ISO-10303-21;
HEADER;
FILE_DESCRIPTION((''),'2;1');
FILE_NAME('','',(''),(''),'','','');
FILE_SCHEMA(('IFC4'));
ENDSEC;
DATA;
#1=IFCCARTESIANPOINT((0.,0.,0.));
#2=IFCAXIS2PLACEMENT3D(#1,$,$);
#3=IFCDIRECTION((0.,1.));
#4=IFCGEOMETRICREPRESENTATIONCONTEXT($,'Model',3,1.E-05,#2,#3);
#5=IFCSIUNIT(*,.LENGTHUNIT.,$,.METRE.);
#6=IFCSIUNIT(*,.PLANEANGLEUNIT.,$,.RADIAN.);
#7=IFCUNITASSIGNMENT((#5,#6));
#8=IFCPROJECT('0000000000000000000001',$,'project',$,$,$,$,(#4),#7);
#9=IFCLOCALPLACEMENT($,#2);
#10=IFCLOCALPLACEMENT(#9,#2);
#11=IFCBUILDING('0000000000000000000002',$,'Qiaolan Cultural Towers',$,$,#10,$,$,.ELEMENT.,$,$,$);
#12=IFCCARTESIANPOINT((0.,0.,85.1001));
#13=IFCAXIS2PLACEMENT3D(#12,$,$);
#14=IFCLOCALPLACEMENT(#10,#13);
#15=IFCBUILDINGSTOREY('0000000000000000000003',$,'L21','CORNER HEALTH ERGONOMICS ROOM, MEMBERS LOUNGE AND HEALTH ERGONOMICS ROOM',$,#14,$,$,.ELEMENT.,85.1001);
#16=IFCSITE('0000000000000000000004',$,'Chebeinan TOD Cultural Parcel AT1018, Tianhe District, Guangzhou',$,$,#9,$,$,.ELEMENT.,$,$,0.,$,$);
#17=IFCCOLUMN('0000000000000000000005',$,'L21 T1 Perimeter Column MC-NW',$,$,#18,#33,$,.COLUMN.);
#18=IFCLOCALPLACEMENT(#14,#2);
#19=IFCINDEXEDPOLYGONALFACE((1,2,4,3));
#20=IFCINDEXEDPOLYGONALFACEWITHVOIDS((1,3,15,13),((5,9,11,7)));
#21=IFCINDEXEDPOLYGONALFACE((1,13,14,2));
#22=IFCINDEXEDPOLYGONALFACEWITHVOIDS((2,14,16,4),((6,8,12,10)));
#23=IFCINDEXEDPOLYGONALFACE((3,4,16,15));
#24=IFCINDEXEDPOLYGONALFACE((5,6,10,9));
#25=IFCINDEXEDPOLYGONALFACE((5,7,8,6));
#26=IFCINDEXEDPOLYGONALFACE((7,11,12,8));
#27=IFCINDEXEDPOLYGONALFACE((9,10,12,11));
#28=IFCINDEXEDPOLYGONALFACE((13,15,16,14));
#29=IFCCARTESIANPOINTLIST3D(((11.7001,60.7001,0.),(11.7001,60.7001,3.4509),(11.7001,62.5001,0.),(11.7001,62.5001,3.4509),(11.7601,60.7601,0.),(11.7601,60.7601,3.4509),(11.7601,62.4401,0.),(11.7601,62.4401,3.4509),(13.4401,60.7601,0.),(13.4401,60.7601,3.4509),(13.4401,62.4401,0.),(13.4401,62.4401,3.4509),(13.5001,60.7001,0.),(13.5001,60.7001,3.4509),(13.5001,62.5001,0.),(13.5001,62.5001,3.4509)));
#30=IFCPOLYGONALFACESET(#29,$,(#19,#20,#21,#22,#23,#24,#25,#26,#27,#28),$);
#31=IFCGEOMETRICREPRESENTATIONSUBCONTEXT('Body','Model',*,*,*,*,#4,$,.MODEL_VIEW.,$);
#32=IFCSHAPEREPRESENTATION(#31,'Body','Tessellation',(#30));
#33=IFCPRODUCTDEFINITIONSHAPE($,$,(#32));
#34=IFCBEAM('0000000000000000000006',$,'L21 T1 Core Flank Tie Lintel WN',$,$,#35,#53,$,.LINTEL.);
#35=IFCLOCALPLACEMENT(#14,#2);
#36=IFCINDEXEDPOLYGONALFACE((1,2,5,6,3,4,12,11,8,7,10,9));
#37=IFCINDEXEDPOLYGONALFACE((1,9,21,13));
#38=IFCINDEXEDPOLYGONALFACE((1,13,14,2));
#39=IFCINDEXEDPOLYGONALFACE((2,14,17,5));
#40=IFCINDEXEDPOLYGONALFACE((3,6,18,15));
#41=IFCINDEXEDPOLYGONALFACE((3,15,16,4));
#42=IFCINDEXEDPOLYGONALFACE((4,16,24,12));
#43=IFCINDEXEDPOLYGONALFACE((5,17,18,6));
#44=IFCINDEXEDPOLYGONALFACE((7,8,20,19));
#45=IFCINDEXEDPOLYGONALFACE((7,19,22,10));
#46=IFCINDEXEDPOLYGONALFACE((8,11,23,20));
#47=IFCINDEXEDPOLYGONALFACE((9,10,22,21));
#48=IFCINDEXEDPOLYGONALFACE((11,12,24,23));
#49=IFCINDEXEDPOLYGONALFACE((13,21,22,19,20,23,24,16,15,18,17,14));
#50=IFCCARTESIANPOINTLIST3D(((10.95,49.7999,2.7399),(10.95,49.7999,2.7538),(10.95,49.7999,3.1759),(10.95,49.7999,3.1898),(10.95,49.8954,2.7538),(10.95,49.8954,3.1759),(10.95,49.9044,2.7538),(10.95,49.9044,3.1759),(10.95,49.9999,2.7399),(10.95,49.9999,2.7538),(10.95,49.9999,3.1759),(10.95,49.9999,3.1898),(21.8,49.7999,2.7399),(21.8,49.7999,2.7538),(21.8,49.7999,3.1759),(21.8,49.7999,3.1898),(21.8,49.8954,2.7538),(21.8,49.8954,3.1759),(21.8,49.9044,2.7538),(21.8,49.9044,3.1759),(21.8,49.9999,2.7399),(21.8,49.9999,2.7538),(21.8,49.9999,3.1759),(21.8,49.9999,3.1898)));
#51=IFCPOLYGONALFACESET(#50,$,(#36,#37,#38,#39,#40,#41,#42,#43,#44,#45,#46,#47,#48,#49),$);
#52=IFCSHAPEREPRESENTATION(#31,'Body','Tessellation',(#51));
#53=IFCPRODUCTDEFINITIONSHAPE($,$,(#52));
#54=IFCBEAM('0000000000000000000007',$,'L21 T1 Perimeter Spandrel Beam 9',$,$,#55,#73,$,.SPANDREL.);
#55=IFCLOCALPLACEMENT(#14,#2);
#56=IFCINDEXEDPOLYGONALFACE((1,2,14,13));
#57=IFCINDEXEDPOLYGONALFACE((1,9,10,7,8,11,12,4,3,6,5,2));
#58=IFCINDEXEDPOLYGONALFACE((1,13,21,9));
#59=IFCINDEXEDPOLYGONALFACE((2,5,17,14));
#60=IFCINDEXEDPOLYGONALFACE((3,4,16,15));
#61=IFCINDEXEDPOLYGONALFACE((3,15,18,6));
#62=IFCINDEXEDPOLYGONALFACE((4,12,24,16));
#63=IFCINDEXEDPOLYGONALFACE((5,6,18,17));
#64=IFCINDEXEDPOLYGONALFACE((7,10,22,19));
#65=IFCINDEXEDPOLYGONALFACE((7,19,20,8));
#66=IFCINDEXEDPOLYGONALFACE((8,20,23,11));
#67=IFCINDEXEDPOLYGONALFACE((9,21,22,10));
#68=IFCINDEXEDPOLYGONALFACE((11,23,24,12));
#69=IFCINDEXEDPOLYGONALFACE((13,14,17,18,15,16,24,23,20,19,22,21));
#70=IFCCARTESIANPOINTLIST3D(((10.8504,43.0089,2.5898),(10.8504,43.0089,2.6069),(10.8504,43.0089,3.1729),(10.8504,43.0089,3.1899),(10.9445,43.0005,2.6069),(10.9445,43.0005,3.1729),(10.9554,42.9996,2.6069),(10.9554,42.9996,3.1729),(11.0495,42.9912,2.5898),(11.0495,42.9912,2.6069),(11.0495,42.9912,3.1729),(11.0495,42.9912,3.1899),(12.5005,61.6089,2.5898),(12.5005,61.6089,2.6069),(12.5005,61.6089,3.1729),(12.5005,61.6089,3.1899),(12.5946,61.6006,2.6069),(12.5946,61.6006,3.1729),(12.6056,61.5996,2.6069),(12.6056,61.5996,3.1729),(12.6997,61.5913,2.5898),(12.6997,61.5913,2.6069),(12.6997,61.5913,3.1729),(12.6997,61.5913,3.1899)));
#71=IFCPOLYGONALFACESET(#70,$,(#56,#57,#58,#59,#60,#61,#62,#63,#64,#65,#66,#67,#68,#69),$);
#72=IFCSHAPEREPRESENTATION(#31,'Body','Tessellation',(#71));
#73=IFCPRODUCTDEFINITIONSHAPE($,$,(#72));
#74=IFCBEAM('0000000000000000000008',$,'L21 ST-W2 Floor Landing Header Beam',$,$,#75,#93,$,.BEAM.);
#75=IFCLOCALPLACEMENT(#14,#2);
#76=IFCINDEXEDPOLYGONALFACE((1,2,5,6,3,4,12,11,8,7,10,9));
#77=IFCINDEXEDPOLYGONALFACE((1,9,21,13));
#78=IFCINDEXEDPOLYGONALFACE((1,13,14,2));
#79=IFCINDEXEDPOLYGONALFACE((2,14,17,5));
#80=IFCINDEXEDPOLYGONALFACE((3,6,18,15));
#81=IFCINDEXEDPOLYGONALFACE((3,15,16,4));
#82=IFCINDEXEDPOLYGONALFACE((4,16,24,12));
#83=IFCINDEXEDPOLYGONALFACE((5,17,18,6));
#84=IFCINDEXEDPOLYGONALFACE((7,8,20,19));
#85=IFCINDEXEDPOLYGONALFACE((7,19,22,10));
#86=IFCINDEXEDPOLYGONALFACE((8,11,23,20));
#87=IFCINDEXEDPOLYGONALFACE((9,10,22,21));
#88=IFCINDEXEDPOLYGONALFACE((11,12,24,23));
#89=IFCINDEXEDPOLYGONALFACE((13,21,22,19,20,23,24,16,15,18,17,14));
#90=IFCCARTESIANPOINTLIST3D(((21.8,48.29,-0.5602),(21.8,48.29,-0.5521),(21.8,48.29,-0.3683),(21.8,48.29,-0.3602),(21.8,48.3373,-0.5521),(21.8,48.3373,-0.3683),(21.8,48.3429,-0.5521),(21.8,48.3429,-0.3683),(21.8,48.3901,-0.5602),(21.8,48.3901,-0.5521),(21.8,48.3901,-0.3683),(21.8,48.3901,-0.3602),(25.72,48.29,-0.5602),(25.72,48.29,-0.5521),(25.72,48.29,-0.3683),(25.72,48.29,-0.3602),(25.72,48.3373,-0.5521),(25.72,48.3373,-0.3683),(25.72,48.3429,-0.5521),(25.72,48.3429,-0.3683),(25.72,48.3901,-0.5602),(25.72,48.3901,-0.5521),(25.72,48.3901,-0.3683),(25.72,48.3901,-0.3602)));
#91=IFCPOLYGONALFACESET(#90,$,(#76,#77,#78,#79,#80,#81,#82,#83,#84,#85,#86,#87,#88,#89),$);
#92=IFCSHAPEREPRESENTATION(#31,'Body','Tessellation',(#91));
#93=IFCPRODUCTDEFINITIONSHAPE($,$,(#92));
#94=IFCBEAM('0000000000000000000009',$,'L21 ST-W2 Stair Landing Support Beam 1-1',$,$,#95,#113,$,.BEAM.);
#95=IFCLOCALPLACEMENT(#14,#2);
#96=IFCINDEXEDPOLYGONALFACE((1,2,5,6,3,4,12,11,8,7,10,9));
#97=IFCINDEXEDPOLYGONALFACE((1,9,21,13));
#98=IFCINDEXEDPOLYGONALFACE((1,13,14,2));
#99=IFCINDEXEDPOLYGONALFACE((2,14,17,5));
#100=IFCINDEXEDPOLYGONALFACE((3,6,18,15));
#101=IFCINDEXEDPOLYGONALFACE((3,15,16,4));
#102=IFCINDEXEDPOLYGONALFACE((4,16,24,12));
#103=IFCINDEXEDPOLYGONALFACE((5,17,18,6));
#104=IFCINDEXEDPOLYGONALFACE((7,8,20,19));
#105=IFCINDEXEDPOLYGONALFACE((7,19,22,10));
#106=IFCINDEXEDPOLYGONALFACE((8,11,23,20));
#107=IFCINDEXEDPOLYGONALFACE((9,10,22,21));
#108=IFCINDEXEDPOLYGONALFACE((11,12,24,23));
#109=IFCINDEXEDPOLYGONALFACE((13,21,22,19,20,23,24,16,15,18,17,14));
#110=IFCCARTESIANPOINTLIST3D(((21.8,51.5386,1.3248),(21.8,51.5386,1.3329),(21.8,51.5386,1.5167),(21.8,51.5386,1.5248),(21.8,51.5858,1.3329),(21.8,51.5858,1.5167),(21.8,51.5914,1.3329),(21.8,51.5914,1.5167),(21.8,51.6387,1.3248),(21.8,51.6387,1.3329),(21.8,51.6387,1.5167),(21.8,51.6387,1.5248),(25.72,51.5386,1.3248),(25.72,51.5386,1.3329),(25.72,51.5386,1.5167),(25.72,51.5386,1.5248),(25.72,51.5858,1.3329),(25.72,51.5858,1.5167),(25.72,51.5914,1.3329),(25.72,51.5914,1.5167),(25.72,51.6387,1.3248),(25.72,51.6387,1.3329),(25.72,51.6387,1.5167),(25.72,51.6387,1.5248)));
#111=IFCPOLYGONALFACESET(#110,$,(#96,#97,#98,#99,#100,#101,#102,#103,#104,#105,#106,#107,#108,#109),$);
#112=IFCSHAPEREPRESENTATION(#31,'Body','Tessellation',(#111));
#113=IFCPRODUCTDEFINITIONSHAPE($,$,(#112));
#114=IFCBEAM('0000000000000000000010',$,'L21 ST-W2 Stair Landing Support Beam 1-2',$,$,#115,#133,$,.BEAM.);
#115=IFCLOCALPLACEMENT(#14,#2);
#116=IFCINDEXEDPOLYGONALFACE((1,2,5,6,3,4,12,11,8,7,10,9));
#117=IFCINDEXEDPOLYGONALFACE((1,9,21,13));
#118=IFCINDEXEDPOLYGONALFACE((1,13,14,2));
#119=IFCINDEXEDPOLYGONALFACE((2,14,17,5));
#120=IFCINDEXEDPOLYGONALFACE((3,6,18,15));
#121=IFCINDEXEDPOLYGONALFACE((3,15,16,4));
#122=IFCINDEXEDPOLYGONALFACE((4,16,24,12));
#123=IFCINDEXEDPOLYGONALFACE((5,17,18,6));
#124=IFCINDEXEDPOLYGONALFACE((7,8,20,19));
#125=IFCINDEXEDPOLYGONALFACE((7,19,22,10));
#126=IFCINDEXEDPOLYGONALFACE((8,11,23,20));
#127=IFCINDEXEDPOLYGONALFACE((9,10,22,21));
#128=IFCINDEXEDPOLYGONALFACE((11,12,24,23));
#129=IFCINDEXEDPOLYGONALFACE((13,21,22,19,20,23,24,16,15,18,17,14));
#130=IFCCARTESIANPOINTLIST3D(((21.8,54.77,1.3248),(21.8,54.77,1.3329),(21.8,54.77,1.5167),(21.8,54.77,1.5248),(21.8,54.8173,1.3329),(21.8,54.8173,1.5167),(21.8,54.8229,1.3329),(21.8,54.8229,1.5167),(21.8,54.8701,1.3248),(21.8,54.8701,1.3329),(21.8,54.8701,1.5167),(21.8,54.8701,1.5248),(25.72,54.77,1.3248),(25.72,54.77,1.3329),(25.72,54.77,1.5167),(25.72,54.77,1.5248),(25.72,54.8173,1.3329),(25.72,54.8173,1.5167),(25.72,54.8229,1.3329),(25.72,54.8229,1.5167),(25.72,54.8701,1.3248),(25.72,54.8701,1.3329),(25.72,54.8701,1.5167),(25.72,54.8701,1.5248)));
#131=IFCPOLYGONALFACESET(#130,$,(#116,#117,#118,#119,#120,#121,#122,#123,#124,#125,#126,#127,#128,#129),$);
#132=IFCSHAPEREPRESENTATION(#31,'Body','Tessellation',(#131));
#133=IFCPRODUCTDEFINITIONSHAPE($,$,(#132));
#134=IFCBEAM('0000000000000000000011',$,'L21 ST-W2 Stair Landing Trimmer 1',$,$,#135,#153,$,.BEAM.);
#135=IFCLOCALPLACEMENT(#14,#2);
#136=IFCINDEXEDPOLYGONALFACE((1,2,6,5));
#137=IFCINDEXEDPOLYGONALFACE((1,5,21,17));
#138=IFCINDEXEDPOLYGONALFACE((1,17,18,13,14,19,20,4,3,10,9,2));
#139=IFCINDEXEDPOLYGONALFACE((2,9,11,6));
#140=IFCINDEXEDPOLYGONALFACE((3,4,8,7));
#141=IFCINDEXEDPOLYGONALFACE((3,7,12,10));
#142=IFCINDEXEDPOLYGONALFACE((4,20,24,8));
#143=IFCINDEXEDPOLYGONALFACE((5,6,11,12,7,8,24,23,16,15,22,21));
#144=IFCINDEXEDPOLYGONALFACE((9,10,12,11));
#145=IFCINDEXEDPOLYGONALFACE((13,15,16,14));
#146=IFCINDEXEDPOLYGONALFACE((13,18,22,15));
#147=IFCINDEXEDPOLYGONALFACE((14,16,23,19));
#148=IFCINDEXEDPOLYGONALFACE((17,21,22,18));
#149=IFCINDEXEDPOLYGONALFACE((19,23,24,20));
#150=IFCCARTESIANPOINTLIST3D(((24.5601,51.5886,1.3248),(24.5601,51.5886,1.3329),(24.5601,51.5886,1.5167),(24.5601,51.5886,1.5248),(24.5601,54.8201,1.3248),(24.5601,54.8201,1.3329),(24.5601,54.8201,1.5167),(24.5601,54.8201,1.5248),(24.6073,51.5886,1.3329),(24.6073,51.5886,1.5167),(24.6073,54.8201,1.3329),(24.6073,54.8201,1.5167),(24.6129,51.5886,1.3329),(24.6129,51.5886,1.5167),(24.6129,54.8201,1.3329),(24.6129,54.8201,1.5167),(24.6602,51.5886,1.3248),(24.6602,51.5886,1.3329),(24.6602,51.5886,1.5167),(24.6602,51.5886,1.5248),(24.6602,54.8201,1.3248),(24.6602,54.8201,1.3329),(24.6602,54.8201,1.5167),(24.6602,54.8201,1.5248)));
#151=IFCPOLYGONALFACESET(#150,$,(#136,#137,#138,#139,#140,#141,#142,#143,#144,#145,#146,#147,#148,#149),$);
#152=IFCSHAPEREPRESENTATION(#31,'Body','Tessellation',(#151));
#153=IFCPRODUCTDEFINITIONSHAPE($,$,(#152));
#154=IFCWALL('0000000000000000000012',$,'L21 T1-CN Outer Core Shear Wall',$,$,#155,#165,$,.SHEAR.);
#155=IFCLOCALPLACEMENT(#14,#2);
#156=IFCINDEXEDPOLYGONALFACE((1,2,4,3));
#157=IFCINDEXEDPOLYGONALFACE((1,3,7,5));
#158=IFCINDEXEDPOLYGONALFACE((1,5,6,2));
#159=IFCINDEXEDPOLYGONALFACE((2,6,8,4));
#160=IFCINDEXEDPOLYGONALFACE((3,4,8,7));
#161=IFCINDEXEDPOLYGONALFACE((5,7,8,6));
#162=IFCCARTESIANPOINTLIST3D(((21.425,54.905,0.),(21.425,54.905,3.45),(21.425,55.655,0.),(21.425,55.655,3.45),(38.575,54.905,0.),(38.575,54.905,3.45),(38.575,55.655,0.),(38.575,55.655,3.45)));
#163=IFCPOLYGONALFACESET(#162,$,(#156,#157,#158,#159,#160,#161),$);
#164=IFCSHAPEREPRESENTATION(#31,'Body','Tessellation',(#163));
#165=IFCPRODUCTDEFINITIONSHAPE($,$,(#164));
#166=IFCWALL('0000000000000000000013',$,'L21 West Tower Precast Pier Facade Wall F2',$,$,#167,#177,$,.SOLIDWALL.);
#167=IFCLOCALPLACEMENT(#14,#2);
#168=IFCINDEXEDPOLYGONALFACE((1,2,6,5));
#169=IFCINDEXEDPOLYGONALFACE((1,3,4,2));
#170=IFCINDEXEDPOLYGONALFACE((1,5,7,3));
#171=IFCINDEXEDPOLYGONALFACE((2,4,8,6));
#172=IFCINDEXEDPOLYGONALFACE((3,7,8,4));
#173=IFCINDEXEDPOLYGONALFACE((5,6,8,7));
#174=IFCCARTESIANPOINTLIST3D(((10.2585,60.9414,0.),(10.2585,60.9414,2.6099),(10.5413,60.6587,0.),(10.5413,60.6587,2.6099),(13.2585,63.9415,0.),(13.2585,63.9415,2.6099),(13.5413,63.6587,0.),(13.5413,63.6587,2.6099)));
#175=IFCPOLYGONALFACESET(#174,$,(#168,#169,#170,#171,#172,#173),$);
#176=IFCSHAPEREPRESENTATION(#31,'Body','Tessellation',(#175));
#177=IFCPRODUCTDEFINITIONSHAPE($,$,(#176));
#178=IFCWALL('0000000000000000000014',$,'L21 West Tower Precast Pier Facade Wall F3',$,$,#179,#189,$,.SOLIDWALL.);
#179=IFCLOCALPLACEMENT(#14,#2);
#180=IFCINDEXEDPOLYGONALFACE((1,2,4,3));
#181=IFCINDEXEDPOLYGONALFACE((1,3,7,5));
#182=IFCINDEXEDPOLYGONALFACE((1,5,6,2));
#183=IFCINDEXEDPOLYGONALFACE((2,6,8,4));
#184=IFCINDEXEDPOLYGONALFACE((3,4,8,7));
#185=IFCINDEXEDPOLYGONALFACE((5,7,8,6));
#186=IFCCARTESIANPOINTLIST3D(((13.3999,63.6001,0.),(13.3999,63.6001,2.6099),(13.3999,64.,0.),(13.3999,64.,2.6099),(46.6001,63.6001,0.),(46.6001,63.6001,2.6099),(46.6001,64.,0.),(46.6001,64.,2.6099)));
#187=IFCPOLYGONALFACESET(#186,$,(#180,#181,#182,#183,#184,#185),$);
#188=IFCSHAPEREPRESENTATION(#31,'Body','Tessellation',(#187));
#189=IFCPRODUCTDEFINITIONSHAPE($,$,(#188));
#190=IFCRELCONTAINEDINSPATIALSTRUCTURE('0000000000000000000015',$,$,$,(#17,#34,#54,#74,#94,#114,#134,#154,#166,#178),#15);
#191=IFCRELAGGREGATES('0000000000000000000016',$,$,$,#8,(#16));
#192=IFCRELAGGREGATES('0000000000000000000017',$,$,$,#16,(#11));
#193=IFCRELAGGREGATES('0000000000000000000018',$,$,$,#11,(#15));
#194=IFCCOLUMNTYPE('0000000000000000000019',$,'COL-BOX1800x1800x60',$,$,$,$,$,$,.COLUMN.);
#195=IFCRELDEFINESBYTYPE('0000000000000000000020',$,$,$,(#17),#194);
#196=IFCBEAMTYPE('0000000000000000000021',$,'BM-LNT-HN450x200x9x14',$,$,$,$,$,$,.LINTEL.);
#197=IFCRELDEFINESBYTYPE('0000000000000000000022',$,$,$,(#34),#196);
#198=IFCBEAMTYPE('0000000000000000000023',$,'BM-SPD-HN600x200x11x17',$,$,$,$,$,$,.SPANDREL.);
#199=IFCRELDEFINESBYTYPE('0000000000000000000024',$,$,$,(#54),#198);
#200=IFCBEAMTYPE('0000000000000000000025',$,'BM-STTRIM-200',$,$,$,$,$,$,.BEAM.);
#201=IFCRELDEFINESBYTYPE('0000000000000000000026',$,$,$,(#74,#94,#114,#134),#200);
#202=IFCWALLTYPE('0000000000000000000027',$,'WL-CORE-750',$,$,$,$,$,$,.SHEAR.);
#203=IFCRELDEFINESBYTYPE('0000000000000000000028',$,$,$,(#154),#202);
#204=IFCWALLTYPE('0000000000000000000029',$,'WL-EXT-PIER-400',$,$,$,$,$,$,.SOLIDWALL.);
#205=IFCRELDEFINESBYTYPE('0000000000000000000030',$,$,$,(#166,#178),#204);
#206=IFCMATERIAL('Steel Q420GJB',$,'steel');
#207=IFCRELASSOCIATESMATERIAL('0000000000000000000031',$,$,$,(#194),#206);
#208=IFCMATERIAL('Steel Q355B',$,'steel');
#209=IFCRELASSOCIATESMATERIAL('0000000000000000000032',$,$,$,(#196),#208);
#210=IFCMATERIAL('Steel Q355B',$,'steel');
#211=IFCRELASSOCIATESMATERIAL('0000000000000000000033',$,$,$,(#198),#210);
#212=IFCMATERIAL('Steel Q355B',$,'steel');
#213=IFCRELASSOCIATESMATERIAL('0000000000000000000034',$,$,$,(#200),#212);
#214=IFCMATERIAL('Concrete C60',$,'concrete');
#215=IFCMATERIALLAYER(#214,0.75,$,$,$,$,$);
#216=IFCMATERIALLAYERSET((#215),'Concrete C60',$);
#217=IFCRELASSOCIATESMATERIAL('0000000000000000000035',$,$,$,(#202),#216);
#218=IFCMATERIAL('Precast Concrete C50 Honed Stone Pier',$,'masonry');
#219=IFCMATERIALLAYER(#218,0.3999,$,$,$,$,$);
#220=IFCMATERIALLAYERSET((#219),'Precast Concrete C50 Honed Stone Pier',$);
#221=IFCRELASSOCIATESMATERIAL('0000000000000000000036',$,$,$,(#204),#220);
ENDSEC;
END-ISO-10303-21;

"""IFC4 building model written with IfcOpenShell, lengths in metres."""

from ifc_helpers import new_model, si_unit, direction, frame, frame_2d, origin, origin_2d, place, context, subcontext, project, spatial, rectangle, hollow_rectangle, i_section, extrude, material, layer, layer_set, material_profile, profile_set, type_object, element, save


model = new_model("IFC4")

# Units and contexts
model_context = context("Model", 3, precision=1e-05, world=origin(), true_north=direction((0.0, 1.0)))
body_context = subcontext(model_context, "Body", "Model", "MODEL_VIEW")
ifc_project = project(units=[si_unit("LENGTHUNIT", "METRE"), si_unit("PLANEANGLEUNIT", "RADIAN")], contexts=[model_context])

# Site, building, storey
site_placement = place(None, origin())
site = spatial("IfcSite", under=ifc_project, at=site_placement, Name="Chebeinan TOD Cultural Parcel AT1018, Tianhe District, Guangzhou", CompositionType="ELEMENT", RefElevation=0.0)
building_placement = place(site_placement, origin())
building = spatial("IfcBuilding", under=site, at=building_placement, Name="Qiaolan Cultural Towers", CompositionType="ELEMENT")
storey_placement = place(building_placement, frame((0.0, 0.0, 85.1001)))
storey = spatial("IfcBuildingStorey", under=building, at=storey_placement, Name="L21", Description="CORNER HEALTH ERGONOMICS ROOM, MEMBERS LOUNGE AND HEALTH ERGONOMICS ROOM", CompositionType="ELEMENT", Elevation=85.1001)

# Column
ifc_material_1 = material(Name="Steel Q420GJB", Category="steel")
ifc_material_profile_1 = material_profile(ifc_material_1, hollow_rectangle(XDim=1.8, YDim=1.8, WallThickness=0.0601, at=origin_2d()), Name="BOX1800x1800x60")
ifc_profile_set_1 = profile_set([ifc_material_profile_1], Name="Steel Q420GJB")
column_type = type_object("IfcColumnType", Name="COL-BOX1800x1800x60", PredefinedType="COLUMN", material=ifc_profile_set_1)
column_placement = place(storey_placement, frame((12.6001, 61.6001, 0.0), z_axis=(0.0, 0.0, 1.0), x_axis=(1.0, 0.0, 0.0)))
element("IfcColumn", 1, at=column_placement, inside=storey, type_object=column_type, Name="L21 T1 Perimeter Column MC-NW", PredefinedType="COLUMN", context=body_context, shape_type="SweptSolid", body=[
    extrude(hollow_rectangle(XDim=1.8, YDim=1.8, WallThickness=0.0601, at=origin_2d()), origin(), (0.0, 0.0, 1.0), 3.4509),
])

# Beams
ifc_material_2 = material(Name="Steel Q355B", Category="steel")
ifc_material_profile_2 = material_profile(ifc_material_2, i_section(OverallWidth=0.2, OverallDepth=0.45, WebThickness=0.009, FlangeThickness=0.0139, at=origin_2d()), Name="HN450x200x9x14")
ifc_profile_set_2 = profile_set([ifc_material_profile_2], Name="Steel Q355B")
beam_type_1 = type_object("IfcBeamType", Name="BM-LNT-HN450x200x9x14", PredefinedType="LINTEL", material=ifc_profile_set_2)
beam_1_placement = place(storey_placement, frame((21.8, 49.8999, 2.9648), z_axis=(-1.0, 0.0, 0.0), x_axis=(0.0, -1.0, 0.0)))
element("IfcBeam", 2, at=beam_1_placement, inside=storey, type_object=beam_type_1, Name="L21 T1 Core Flank Tie Lintel WN", PredefinedType="LINTEL", context=body_context, shape_type="SweptSolid", body=[
    extrude(i_section(OverallWidth=0.2, OverallDepth=0.45, WebThickness=0.009, FlangeThickness=0.0139, at=origin_2d()), origin(), (0.0, 0.0, 1.0), 10.8501),
])
ifc_material_3 = material(Name="Steel Q355B", Category="steel")
ifc_material_profile_3 = material_profile(ifc_material_3, i_section(OverallWidth=0.2, OverallDepth=0.6001, WebThickness=0.011, FlangeThickness=0.0171, at=origin_2d()), Name="HN600x200x11x17")
ifc_profile_set_3 = profile_set([ifc_material_profile_3], Name="Steel Q355B")
beam_type_2 = type_object("IfcBeamType", Name="BM-SPD-HN600x200x11x17", PredefinedType="SPANDREL", material=ifc_profile_set_3)
beam_2_placement = place(storey_placement, frame((12.6001, 61.6001, 2.8899), z_axis=(-0.08837, -0.996088, 0.0), x_axis=(0.996088, -0.08837, 0.0)))
element("IfcBeam", 3, at=beam_2_placement, inside=storey, type_object=beam_type_2, Name="L21 T1 Perimeter Spandrel Beam 9", PredefinedType="SPANDREL", context=body_context, shape_type="SweptSolid", body=[
    extrude(i_section(OverallWidth=0.2, OverallDepth=0.6001, WebThickness=0.011, FlangeThickness=0.0171, at=origin_2d()), origin(), (0.0, 0.0, 1.0), 18.6731),
])
ifc_material_4 = material(Name="Steel Q355B", Category="steel")
ifc_material_profile_4 = material_profile(ifc_material_4, i_section(OverallWidth=0.1001, OverallDepth=0.2, WebThickness=0.0056, FlangeThickness=0.0081, at=origin_2d()), Name="HN200x100x5.5x8")
ifc_profile_set_4 = profile_set([ifc_material_profile_4], Name="Steel Q355B")
beam_type_3 = type_object("IfcBeamType", Name="BM-STTRIM-200", PredefinedType="BEAM", material=ifc_profile_set_4)
for number, where, z_axis, x_axis, name in (
    (4, (21.8, 48.3401, -0.4602), (1.0, 0.0, 0.0), (0.0, 1.0, 0.0), "L21 ST-W2 Floor Landing Header Beam"),
    (5, (21.8, 51.5886, 1.4248), (1.0, 0.0, 0.0), (0.0, 1.0, 0.0), "L21 ST-W2 Stair Landing Support Beam 1-1"),
    (6, (21.8, 54.8201, 1.4248), (1.0, 0.0, 0.0), (0.0, 1.0, 0.0), "L21 ST-W2 Stair Landing Support Beam 1-2"),
):
    element("IfcBeam", number, at=place(storey_placement, frame(where, z_axis=z_axis, x_axis=x_axis)), inside=storey, type_object=beam_type_3, Name=name, PredefinedType="BEAM", context=body_context, shape_type="SweptSolid", body=[
        extrude(i_section(OverallWidth=0.1001, OverallDepth=0.2, WebThickness=0.0056, FlangeThickness=0.0081, at=origin_2d()), origin(), (0.0, 0.0, 1.0), 3.9199),
    ])
beam_3_placement = place(storey_placement, frame((24.6101, 51.5886, 1.4248), z_axis=(0.0, 1.0, 0.0), x_axis=(-1.0, 0.0, 0.0)))
element("IfcBeam", 7, at=beam_3_placement, inside=storey, type_object=beam_type_3, Name="L21 ST-W2 Stair Landing Trimmer 1", PredefinedType="BEAM", context=body_context, shape_type="SweptSolid", body=[
    extrude(i_section(OverallWidth=0.1001, OverallDepth=0.2, WebThickness=0.0056, FlangeThickness=0.0081, at=origin_2d()), origin(), (0.0, 0.0, 1.0), 3.2314),
])

# Walls
ifc_material_5 = material(Name="Concrete C60", Category="concrete")
ifc_layer_1 = layer(ifc_material_5, 0.75)
ifc_layer_set_1 = layer_set([ifc_layer_1], Name="Concrete C60")
wall_type_1 = type_object("IfcWallType", Name="WL-CORE-750", PredefinedType="SHEAR", material=ifc_layer_set_1)
wall_1_placement = place(storey_placement, frame((21.425, 55.28, 0.0), z_axis=(0.0, 0.0, 1.0), x_axis=(1.0, 0.0, 0.0)))
element("IfcWall", 8, at=wall_1_placement, inside=storey, type_object=wall_type_1, Name="L21 T1-CN Outer Core Shear Wall", PredefinedType="SHEAR", context=body_context, shape_type="SweptSolid", body=[
    extrude(rectangle(XDim=17.1499, YDim=0.75, at=frame_2d((8.575, 0.0))), origin(), (0.0, 0.0, 1.0), 3.45),
])
ifc_material_6 = material(Name="Precast Concrete C50 Honed Stone Pier", Category="masonry")
ifc_layer_2 = layer(ifc_material_6, 0.3999)
ifc_layer_set_2 = layer_set([ifc_layer_2], Name="Precast Concrete C50 Honed Stone Pier")
wall_type_2 = type_object("IfcWallType", Name="WL-EXT-PIER-400", PredefinedType="SOLIDWALL", material=ifc_layer_set_2)
wall_2_placement = place(storey_placement, frame((10.3999, 60.8, 0.0), z_axis=(0.0, 0.0, 1.0), x_axis=(0.707107, 0.707107, 0.0)))
element("IfcWall", 9, at=wall_2_placement, inside=storey, type_object=wall_type_2, Name="L21 West Tower Precast Pier Facade Wall F2", PredefinedType="SOLIDWALL", context=body_context, shape_type="SweptSolid", body=[
    extrude(rectangle(XDim=4.2427, YDim=0.3999, at=frame_2d((2.1213, 0.0))), origin(), (0.0, 0.0, 1.0), 2.6099),
])
wall_3_placement = place(storey_placement, frame((13.3999, 63.8, 0.0), z_axis=(0.0, 0.0, 1.0), x_axis=(1.0, 0.0, 0.0)))
element("IfcWall", 10, at=wall_3_placement, inside=storey, type_object=wall_type_2, Name="L21 West Tower Precast Pier Facade Wall F3", PredefinedType="SOLIDWALL", context=body_context, shape_type="SweptSolid", body=[
    extrude(rectangle(XDim=33.2002, YDim=0.3999, at=frame_2d((16.6001, 0.0))), origin(), (0.0, 0.0, 1.0), 2.6099),
])

save(model, "model.ifc")
